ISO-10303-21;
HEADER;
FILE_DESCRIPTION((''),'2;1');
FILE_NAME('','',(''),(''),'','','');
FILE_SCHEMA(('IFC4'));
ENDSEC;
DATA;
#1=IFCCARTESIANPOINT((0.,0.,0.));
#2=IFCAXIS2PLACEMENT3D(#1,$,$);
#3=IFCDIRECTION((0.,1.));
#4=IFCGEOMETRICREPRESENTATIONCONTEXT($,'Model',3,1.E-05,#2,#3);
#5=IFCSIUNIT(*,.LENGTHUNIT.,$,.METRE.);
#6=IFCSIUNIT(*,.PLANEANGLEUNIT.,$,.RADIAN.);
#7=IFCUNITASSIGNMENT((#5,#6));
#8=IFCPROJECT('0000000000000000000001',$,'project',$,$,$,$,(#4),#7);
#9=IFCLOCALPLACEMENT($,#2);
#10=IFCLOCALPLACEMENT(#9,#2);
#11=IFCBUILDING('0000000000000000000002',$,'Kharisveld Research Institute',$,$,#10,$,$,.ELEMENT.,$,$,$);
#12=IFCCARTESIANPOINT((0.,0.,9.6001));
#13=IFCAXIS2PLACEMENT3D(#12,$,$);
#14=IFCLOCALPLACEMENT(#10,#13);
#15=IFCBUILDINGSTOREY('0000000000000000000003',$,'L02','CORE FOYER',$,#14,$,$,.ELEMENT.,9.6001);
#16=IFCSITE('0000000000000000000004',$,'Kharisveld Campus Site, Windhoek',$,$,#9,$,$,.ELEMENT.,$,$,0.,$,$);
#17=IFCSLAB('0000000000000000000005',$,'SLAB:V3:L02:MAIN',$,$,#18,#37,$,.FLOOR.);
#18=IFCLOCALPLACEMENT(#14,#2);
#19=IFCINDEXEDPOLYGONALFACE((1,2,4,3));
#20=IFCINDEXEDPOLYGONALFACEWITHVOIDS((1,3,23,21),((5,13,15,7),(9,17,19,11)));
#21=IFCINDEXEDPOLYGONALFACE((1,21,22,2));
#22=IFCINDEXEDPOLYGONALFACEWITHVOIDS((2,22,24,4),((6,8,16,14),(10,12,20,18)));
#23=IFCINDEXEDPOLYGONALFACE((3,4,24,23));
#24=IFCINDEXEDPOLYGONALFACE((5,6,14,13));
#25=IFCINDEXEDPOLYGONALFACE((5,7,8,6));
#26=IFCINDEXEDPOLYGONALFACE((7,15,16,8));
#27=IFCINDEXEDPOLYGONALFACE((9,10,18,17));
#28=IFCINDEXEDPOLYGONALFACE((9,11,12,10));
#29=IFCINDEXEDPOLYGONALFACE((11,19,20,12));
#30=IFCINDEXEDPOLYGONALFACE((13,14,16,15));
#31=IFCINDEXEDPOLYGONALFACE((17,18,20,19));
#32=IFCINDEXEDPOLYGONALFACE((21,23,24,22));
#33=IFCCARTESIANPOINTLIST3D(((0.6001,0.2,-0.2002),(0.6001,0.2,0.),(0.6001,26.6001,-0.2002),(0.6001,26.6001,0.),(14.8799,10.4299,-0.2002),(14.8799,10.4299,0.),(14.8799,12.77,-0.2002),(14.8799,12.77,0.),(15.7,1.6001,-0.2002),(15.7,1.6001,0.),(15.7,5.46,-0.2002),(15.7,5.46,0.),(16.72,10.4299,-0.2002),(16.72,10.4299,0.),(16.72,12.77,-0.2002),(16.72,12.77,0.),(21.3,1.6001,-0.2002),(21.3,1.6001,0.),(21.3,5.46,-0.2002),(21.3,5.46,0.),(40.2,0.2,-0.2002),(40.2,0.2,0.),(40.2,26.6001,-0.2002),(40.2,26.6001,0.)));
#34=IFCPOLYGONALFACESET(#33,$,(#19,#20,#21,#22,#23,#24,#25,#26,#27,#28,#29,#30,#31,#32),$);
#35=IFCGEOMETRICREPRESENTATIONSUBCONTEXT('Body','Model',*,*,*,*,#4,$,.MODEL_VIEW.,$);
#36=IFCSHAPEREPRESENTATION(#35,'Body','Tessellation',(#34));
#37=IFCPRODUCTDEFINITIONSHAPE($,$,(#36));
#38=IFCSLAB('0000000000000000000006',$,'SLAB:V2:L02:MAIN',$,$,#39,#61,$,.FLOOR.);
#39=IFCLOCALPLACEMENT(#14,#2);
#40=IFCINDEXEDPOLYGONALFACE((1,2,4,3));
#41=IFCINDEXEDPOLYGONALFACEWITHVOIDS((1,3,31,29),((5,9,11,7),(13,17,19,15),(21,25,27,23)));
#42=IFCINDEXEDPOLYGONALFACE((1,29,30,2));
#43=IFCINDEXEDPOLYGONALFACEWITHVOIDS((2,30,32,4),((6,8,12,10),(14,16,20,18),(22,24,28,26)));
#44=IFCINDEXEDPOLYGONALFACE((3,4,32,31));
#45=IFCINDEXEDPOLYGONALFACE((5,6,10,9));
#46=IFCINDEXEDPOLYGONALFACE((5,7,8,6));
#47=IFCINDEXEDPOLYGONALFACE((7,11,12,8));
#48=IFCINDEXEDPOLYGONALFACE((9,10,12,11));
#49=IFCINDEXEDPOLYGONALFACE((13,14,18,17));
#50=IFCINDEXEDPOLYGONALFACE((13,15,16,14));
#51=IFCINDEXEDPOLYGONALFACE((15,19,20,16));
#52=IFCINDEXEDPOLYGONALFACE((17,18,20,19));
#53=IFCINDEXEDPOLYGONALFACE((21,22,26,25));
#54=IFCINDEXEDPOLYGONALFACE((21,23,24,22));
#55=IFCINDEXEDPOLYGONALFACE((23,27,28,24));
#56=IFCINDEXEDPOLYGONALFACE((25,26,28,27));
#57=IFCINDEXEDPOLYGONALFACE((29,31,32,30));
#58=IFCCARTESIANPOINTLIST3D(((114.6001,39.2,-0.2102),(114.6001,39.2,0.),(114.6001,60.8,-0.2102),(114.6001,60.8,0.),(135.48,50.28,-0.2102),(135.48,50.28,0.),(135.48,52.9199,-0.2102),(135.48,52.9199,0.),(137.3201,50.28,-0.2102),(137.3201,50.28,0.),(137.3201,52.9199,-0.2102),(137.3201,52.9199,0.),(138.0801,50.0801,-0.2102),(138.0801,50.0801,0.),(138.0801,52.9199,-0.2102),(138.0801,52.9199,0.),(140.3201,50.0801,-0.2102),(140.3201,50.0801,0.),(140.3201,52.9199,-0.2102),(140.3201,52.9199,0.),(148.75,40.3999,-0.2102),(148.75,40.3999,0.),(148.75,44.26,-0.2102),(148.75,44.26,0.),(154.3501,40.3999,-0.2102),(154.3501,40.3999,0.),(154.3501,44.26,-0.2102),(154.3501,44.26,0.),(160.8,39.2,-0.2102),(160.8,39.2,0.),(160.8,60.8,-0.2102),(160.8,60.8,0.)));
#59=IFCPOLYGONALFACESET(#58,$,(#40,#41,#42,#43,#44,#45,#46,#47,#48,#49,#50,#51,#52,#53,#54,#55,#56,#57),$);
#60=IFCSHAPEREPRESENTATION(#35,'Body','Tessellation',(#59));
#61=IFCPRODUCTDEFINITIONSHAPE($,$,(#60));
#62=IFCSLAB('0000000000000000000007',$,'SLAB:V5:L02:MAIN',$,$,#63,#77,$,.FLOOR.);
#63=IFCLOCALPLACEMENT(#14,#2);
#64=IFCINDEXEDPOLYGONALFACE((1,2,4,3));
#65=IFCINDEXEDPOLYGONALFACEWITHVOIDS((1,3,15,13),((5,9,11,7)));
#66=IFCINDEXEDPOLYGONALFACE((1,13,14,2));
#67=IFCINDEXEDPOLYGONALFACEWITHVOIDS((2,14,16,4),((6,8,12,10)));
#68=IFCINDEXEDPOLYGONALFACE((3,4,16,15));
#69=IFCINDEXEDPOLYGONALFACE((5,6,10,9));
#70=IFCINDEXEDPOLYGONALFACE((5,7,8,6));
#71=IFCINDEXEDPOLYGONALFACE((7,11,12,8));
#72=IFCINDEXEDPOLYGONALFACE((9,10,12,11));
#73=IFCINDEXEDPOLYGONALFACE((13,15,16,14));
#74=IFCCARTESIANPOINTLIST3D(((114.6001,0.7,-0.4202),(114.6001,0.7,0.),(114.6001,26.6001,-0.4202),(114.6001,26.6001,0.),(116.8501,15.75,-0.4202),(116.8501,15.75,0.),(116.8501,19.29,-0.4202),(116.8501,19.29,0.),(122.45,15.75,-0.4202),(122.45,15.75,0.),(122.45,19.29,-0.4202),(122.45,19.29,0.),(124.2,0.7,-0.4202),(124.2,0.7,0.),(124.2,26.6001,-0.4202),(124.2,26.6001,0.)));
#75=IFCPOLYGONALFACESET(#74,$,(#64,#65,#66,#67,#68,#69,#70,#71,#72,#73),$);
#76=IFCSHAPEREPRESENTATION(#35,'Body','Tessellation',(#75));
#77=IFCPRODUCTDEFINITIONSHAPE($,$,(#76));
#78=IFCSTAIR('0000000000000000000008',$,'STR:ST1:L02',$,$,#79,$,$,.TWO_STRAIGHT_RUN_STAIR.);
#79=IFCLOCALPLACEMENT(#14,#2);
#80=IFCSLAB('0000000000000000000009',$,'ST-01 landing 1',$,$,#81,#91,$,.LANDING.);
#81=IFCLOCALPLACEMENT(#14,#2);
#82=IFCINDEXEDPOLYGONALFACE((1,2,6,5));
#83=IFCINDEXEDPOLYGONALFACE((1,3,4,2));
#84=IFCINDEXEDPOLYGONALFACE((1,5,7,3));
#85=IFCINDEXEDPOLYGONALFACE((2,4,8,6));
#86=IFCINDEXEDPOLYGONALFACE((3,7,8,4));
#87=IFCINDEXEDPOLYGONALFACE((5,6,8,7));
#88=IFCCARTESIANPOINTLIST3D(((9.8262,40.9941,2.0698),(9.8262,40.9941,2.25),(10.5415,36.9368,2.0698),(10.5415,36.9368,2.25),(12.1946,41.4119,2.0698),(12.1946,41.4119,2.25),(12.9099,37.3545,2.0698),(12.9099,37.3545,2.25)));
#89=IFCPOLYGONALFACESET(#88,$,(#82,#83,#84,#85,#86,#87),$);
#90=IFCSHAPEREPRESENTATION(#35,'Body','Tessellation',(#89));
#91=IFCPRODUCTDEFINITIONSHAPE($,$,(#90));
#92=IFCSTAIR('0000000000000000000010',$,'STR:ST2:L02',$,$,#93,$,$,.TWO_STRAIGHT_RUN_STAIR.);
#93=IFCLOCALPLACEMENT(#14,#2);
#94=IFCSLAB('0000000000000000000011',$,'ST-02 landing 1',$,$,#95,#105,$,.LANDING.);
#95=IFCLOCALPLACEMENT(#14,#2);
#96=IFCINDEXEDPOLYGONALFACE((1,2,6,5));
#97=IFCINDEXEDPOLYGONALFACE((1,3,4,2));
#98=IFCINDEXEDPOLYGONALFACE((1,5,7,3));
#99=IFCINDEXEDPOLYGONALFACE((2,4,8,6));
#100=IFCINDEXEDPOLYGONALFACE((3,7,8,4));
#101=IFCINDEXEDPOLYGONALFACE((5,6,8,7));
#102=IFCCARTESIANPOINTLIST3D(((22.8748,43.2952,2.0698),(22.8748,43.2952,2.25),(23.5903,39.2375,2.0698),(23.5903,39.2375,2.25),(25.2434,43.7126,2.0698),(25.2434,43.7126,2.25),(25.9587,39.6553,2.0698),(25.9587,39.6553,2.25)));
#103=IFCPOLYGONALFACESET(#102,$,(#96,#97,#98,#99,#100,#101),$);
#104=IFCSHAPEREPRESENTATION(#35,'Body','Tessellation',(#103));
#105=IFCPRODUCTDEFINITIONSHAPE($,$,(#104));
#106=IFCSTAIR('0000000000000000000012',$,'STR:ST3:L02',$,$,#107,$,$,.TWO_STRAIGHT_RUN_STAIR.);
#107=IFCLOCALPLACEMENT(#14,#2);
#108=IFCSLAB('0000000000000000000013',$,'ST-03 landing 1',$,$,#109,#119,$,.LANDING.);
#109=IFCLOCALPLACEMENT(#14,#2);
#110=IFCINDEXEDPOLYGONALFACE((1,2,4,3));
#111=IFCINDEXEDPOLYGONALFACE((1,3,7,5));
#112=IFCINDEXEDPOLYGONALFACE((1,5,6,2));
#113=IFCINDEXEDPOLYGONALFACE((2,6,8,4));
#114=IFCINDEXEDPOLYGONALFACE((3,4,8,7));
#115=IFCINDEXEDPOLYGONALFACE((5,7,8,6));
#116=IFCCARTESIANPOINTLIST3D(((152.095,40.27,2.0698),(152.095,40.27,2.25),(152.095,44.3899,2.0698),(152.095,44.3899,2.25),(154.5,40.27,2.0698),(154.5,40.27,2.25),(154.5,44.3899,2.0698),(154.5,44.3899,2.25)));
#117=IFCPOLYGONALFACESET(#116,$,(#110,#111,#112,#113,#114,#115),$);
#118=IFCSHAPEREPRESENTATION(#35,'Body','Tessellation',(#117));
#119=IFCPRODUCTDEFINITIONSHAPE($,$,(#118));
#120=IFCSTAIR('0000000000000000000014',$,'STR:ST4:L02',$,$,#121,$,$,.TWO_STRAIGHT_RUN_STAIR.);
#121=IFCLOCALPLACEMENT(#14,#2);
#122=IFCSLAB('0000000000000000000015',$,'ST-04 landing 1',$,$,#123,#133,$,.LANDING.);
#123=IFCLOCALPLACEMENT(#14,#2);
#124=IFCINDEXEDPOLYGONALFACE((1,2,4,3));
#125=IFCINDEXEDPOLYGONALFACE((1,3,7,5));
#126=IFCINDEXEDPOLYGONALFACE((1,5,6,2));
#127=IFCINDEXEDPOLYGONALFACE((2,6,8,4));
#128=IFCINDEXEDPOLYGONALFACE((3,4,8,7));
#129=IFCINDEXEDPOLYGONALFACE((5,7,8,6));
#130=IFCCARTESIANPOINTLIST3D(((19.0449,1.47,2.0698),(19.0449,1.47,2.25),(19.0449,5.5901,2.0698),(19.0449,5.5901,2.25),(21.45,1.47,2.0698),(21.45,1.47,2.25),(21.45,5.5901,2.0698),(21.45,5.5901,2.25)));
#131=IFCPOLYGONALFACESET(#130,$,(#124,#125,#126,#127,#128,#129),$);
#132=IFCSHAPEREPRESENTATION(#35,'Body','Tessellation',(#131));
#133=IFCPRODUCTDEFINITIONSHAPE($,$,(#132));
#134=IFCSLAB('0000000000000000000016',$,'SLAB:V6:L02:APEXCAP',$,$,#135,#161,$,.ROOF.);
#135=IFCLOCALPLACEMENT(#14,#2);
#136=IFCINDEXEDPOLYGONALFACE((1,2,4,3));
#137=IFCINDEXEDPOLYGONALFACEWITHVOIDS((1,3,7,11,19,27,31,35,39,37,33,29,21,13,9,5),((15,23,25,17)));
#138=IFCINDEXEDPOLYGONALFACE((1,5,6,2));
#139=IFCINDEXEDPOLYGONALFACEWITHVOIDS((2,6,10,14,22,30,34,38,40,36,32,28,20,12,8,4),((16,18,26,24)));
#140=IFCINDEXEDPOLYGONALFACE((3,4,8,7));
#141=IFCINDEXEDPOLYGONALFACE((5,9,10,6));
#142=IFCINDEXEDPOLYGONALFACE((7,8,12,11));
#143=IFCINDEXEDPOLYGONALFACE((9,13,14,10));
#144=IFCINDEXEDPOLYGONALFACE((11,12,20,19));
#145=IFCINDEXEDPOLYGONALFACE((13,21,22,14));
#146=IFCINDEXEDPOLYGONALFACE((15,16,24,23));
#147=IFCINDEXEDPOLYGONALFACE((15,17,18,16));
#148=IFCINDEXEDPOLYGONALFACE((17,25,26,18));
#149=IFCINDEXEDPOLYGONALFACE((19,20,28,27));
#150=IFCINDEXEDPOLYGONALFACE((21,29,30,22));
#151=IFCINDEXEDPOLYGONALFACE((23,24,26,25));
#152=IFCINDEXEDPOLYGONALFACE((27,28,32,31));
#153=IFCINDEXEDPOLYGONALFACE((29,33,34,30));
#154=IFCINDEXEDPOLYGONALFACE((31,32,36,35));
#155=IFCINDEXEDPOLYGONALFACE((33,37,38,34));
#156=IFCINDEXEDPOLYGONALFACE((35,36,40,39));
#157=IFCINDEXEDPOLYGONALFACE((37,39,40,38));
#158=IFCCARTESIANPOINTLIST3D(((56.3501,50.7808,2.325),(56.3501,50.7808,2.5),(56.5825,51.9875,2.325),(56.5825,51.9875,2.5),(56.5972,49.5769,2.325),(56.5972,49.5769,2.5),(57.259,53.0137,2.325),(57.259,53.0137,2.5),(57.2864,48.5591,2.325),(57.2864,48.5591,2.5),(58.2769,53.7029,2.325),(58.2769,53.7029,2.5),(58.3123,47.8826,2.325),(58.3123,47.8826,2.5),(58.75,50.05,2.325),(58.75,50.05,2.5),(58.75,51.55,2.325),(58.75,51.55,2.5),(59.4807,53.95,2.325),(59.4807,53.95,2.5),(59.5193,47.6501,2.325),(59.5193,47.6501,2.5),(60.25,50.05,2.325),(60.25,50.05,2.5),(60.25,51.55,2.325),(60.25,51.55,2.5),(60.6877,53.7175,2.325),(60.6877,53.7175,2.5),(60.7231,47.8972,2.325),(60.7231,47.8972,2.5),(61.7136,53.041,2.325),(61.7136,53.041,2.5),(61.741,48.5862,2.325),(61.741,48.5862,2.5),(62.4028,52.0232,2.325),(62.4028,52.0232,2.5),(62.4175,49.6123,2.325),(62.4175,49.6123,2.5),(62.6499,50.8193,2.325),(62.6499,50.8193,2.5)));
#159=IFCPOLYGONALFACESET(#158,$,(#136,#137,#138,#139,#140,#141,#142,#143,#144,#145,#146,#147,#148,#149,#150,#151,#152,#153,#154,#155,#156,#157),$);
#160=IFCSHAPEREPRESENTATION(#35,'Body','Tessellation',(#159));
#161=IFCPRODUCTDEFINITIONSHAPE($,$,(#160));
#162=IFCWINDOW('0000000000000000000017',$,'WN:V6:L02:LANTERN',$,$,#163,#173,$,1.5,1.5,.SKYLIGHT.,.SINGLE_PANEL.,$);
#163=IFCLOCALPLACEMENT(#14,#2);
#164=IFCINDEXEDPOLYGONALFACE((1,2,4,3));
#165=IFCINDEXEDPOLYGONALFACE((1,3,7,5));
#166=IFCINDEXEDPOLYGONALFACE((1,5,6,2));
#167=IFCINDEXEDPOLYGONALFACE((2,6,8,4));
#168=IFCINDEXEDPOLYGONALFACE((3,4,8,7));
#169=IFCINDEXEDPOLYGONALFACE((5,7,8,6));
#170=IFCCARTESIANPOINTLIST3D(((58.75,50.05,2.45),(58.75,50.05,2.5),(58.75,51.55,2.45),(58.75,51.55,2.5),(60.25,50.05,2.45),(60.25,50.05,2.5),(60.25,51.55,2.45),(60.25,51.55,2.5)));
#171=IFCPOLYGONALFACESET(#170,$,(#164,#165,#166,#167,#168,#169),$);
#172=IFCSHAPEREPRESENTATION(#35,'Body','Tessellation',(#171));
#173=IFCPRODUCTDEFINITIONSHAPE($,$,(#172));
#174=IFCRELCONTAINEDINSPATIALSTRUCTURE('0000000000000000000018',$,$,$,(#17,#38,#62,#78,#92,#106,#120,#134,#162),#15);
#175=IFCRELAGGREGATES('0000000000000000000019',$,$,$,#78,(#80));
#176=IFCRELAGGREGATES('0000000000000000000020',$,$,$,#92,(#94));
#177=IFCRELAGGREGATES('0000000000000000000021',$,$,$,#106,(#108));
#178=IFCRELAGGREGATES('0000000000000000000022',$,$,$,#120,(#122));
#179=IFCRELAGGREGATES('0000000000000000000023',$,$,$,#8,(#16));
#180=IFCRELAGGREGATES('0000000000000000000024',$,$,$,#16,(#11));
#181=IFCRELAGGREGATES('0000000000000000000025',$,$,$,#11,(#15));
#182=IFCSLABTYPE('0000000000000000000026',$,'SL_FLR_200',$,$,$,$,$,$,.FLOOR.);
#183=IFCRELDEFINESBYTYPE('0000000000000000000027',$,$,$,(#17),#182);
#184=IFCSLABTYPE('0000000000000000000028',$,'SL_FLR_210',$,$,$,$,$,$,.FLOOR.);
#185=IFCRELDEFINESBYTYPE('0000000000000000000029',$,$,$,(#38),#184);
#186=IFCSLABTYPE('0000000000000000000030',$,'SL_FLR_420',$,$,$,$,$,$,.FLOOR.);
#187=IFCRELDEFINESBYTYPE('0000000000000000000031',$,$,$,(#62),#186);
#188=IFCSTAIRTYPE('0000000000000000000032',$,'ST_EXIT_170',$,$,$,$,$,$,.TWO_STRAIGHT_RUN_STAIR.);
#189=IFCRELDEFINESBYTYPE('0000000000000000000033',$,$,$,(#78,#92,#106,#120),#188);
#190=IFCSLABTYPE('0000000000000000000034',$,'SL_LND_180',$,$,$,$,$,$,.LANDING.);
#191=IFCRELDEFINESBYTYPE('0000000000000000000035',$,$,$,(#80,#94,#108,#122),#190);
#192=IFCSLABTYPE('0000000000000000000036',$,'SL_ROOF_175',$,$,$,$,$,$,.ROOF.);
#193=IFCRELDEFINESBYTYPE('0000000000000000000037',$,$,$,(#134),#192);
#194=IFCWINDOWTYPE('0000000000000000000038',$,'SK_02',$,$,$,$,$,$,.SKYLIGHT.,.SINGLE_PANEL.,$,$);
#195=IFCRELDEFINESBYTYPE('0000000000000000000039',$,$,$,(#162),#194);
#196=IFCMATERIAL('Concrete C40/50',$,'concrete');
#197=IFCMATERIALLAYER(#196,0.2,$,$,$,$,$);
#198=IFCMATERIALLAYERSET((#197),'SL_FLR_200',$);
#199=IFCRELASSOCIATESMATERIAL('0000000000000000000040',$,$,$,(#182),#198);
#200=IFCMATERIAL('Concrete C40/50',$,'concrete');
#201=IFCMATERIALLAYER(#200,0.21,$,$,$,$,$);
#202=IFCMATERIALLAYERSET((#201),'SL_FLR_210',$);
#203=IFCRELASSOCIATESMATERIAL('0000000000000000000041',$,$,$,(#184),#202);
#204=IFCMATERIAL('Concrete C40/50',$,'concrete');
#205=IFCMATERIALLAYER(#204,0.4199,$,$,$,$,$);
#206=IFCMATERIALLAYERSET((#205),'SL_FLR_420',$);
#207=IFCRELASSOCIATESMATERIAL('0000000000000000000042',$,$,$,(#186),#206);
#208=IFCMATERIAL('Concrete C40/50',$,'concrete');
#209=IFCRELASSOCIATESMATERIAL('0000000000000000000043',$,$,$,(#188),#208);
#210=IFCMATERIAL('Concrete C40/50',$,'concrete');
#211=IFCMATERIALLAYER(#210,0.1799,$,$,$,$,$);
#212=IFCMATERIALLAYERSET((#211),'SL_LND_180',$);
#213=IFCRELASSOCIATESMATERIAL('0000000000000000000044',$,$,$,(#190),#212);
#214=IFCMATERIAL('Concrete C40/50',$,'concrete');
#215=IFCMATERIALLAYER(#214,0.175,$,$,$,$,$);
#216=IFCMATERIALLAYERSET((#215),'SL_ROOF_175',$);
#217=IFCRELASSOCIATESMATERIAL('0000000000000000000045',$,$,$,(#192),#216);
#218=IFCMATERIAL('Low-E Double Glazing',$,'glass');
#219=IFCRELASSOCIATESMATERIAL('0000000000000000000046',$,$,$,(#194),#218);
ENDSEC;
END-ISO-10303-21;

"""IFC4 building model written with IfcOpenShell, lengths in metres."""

from ifc_helpers import new_model, si_unit, direction, frame, origin, origin_2d, place, context, subcontext, project, spatial, polyline, rectangle, outline, extrude, material, layer, layer_set, type_object, element, fill, aggregate, save


model = new_model("IFC4")

# Units and contexts
model_context = context("Model", 3, precision=1e-05, world=origin(), true_north=direction((0.0, 1.0)))
body_context = subcontext(model_context, "Body", "Model", "MODEL_VIEW")
ifc_project = project(units=[si_unit("LENGTHUNIT", "METRE"), si_unit("PLANEANGLEUNIT", "RADIAN")], contexts=[model_context])

# Site, building, storey
site_placement = place(None, origin())
site = spatial("IfcSite", under=ifc_project, at=site_placement, Name="Kharisveld Campus Site, Windhoek", CompositionType="ELEMENT", RefElevation=0.0)
building_placement = place(site_placement, origin())
building = spatial("IfcBuilding", under=site, at=building_placement, Name="Kharisveld Research Institute", CompositionType="ELEMENT")
storey_placement = place(building_placement, frame((0.0, 0.0, 9.6001)))
storey = spatial("IfcBuildingStorey", under=building, at=storey_placement, Name="L02", Description="CORE FOYER", CompositionType="ELEMENT", Elevation=9.6001)

# Slabs
ifc_material_1 = material(Name="Concrete C40/50", Category="concrete")
ifc_layer_1 = layer(ifc_material_1, 0.2)
ifc_layer_set_1 = layer_set([ifc_layer_1], Name="SL_FLR_200")
slab_type_1 = type_object("IfcSlabType", Name="SL_FLR_200", PredefinedType="FLOOR", material=ifc_layer_set_1)
slab_1_placement = place(storey_placement, frame((0.0, 0.0, -0.2002)))
element("IfcSlab", 1, at=slab_1_placement, inside=storey, type_object=slab_type_1, Name="SLAB:V3:L02:MAIN", PredefinedType="FLOOR", context=body_context, shape_type="SweptSolid", body=[
    extrude(outline(polyline([(0.6001, 0.2), (40.2, 0.2), (40.2, 26.6001), (0.6001, 26.6001), (0.6001, 0.2)]), holes=[polyline([(21.3, 5.46), (21.3, 1.6001), (15.7, 1.6001), (15.7, 5.46), (21.3, 5.46)]), polyline([(16.72, 12.77), (16.72, 10.4299), (14.8799, 10.4299), (14.8799, 12.77), (16.72, 12.77)])]), origin(), (0.0, 0.0, 1.0), 0.2002),
])
ifc_material_2 = material(Name="Concrete C40/50", Category="concrete")
ifc_layer_2 = layer(ifc_material_2, 0.21)
ifc_layer_set_2 = layer_set([ifc_layer_2], Name="SL_FLR_210")
slab_type_2 = type_object("IfcSlabType", Name="SL_FLR_210", PredefinedType="FLOOR", material=ifc_layer_set_2)
slab_2_placement = place(storey_placement, frame((0.0, 0.0, -0.2102)))
element("IfcSlab", 2, at=slab_2_placement, inside=storey, type_object=slab_type_2, Name="SLAB:V2:L02:MAIN", PredefinedType="FLOOR", context=body_context, shape_type="SweptSolid", body=[
    extrude(outline(polyline([(114.6001, 39.2), (160.8, 39.2), (160.8, 60.8), (114.6001, 60.8), (114.6001, 39.2)]), holes=[polyline([(154.3501, 44.26), (154.3501, 40.3999), (148.75, 40.3999), (148.75, 44.26), (154.3501, 44.26)]), polyline([(140.3201, 50.0801), (138.0801, 50.0801), (138.0801, 52.9199), (140.3201, 52.9199), (140.3201, 50.0801)]), polyline([(137.3201, 50.28), (135.48, 50.28), (135.48, 52.9199), (137.3201, 52.9199), (137.3201, 50.28)])]), origin(), (0.0, 0.0, 1.0), 0.2102),
])
ifc_material_3 = material(Name="Concrete C40/50", Category="concrete")
ifc_layer_3 = layer(ifc_material_3, 0.4199)
ifc_layer_set_3 = layer_set([ifc_layer_3], Name="SL_FLR_420")
slab_type_3 = type_object("IfcSlabType", Name="SL_FLR_420", PredefinedType="FLOOR", material=ifc_layer_set_3)
slab_3_placement = place(storey_placement, frame((0.0, 0.0, -0.4202)))
element("IfcSlab", 3, at=slab_3_placement, inside=storey, type_object=slab_type_3, Name="SLAB:V5:L02:MAIN", PredefinedType="FLOOR", context=body_context, shape_type="SweptSolid", body=[
    extrude(outline(polyline([(114.6001, 0.7), (124.2, 0.7), (124.2, 26.6001), (114.6001, 26.6001), (114.6001, 0.7)]), holes=[polyline([(116.8501, 19.29), (122.45, 19.29), (122.45, 15.75), (116.8501, 15.75), (116.8501, 19.29)])]), origin(), (0.0, 0.0, 1.0), 0.4202),
])

# Stairs, slabs
ifc_material_4 = material(Name="Concrete C40/50", Category="concrete")
stair_type = type_object("IfcStairType", Name="ST_EXIT_170", PredefinedType="TWO_STRAIGHT_RUN_STAIR", material=ifc_material_4)
stair_1_placement = place(storey_placement, origin())
stair_1 = element("IfcStair", 4, at=stair_1_placement, inside=storey, type_object=stair_type, Name="STR:ST1:L02", PredefinedType="TWO_STRAIGHT_RUN_STAIR")
ifc_material_5 = material(Name="Concrete C40/50", Category="concrete")
ifc_layer_4 = layer(ifc_material_5, 0.1799)
ifc_layer_set_4 = layer_set([ifc_layer_4], Name="SL_LND_180")
slab_type_4 = type_object("IfcSlabType", Name="SL_LND_180", PredefinedType="LANDING", material=ifc_layer_set_4)
slab_4_placement = place(storey_placement, frame((0.0, 0.0, 2.0698)))
slab_4 = element("IfcSlab", 5, at=slab_4_placement, type_object=slab_type_4, Name="ST-01 landing 1", PredefinedType="LANDING", context=body_context, shape_type="SweptSolid", body=[
    extrude(outline(polyline([(10.5415, 36.9368), (12.9099, 37.3545), (12.1946, 41.4119), (9.8262, 40.9941), (10.5415, 36.9368)])), origin(), (0.0, 0.0, 1.0), 0.1802),
])
aggregate(stair_1, [slab_4])
stair_2_placement = place(storey_placement, origin())
stair_2 = element("IfcStair", 6, at=stair_2_placement, inside=storey, type_object=stair_type, Name="STR:ST2:L02", PredefinedType="TWO_STRAIGHT_RUN_STAIR")
slab_5_placement = place(storey_placement, frame((0.0, 0.0, 2.0698)))
slab_5 = element("IfcSlab", 7, at=slab_5_placement, type_object=slab_type_4, Name="ST-02 landing 1", PredefinedType="LANDING", context=body_context, shape_type="SweptSolid", body=[
    extrude(outline(polyline([(23.5903, 39.2375), (25.9587, 39.6553), (25.2434, 43.7126), (22.8748, 43.2952), (23.5903, 39.2375)])), origin(), (0.0, 0.0, 1.0), 0.1802),
])
aggregate(stair_2, [slab_5])
stair_3_placement = place(storey_placement, origin())
stair_3 = element("IfcStair", 8, at=stair_3_placement, inside=storey, type_object=stair_type, Name="STR:ST3:L02", PredefinedType="TWO_STRAIGHT_RUN_STAIR")
slab_6_placement = place(storey_placement, frame((0.0, 0.0, 2.0698)))
slab_6 = element("IfcSlab", 9, at=slab_6_placement, type_object=slab_type_4, Name="ST-03 landing 1", PredefinedType="LANDING", context=body_context, shape_type="SweptSolid", body=[
    extrude(outline(polyline([(152.095, 40.27), (154.5, 40.27), (154.5, 44.3899), (152.095, 44.3899), (152.095, 40.27)])), origin(), (0.0, 0.0, 1.0), 0.1802),
])
aggregate(stair_3, [slab_6])
stair_4_placement = place(storey_placement, origin())
stair_4 = element("IfcStair", 10, at=stair_4_placement, inside=storey, type_object=stair_type, Name="STR:ST4:L02", PredefinedType="TWO_STRAIGHT_RUN_STAIR")
slab_7_placement = place(storey_placement, frame((0.0, 0.0, 2.0698)))
slab_7 = element("IfcSlab", 11, at=slab_7_placement, type_object=slab_type_4, Name="ST-04 landing 1", PredefinedType="LANDING", context=body_context, shape_type="SweptSolid", body=[
    extrude(outline(polyline([(19.0449, 1.47), (21.45, 1.47), (21.45, 5.5901), (19.0449, 5.5901), (19.0449, 1.47)])), origin(), (0.0, 0.0, 1.0), 0.1802),
])
aggregate(stair_4, [slab_7])

# Slab, opening, window
ifc_material_6 = material(Name="Concrete C40/50", Category="concrete")
ifc_layer_5 = layer(ifc_material_6, 0.175)
ifc_layer_set_5 = layer_set([ifc_layer_5], Name="SL_ROOF_175")
slab_type_5 = type_object("IfcSlabType", Name="SL_ROOF_175", PredefinedType="ROOF", material=ifc_layer_set_5)
slab_8_placement = place(storey_placement, frame((0.0, 0.0, 2.325)))
slab_8 = element("IfcSlab", 12, at=slab_8_placement, inside=storey, type_object=slab_type_5, Name="SLAB:V6:L02:APEXCAP", PredefinedType="ROOF", context=body_context, shape_type="SweptSolid", body=[
    extrude(outline(polyline([(62.6499, 50.8193), (62.4028, 52.0232), (61.7136, 53.041), (60.6877, 53.7175), (59.4807, 53.95), (58.2769, 53.7029), (57.259, 53.0137), (56.5825, 51.9875), (56.3501, 50.7808), (56.5972, 49.5769), (57.2864, 48.5591), (58.3123, 47.8826), (59.5193, 47.6501), (60.7231, 47.8972), (61.741, 48.5862), (62.4175, 49.6123), (62.6499, 50.8193)])), origin(), (0.0, 0.0, 1.0), 0.175),
])
opening_1_placement = place(slab_8_placement, frame((59.5, 50.8, 0.0)))
opening_1 = element("IfcOpeningElement", 13, at=opening_1_placement, cuts=slab_8, PredefinedType="OPENING", context=body_context, shape_type="SweptSolid", body=[
    extrude(rectangle(XDim=1.5, YDim=1.5, at=origin_2d()), origin(), (0.0, 0.0, 1.0), 0.175),
])
ifc_material_7 = material(Name="Low-E Double Glazing", Category="glass")
window_type_1 = type_object("IfcWindowType", Name="SK_02", PartitioningType="SINGLE_PANEL", PredefinedType="SKYLIGHT", material=ifc_material_7)
window_1_placement = place(opening_1_placement, frame((0.0, 0.0, 0.125)))
window_1 = element("IfcWindow", 14, at=window_1_placement, inside=storey, type_object=window_type_1, Name="WN:V6:L02:LANTERN", OverallHeight=1.5, OverallWidth=1.5, PartitioningType="SINGLE_PANEL", PredefinedType="SKYLIGHT", context=body_context, shape_type="SweptSolid", body=[
    extrude(rectangle(XDim=1.5, YDim=1.5, at=origin_2d()), origin(), (0.0, 0.0, 1.0), 0.05),
])
fill(opening_1, window_1)

save(model, "model.ifc")
